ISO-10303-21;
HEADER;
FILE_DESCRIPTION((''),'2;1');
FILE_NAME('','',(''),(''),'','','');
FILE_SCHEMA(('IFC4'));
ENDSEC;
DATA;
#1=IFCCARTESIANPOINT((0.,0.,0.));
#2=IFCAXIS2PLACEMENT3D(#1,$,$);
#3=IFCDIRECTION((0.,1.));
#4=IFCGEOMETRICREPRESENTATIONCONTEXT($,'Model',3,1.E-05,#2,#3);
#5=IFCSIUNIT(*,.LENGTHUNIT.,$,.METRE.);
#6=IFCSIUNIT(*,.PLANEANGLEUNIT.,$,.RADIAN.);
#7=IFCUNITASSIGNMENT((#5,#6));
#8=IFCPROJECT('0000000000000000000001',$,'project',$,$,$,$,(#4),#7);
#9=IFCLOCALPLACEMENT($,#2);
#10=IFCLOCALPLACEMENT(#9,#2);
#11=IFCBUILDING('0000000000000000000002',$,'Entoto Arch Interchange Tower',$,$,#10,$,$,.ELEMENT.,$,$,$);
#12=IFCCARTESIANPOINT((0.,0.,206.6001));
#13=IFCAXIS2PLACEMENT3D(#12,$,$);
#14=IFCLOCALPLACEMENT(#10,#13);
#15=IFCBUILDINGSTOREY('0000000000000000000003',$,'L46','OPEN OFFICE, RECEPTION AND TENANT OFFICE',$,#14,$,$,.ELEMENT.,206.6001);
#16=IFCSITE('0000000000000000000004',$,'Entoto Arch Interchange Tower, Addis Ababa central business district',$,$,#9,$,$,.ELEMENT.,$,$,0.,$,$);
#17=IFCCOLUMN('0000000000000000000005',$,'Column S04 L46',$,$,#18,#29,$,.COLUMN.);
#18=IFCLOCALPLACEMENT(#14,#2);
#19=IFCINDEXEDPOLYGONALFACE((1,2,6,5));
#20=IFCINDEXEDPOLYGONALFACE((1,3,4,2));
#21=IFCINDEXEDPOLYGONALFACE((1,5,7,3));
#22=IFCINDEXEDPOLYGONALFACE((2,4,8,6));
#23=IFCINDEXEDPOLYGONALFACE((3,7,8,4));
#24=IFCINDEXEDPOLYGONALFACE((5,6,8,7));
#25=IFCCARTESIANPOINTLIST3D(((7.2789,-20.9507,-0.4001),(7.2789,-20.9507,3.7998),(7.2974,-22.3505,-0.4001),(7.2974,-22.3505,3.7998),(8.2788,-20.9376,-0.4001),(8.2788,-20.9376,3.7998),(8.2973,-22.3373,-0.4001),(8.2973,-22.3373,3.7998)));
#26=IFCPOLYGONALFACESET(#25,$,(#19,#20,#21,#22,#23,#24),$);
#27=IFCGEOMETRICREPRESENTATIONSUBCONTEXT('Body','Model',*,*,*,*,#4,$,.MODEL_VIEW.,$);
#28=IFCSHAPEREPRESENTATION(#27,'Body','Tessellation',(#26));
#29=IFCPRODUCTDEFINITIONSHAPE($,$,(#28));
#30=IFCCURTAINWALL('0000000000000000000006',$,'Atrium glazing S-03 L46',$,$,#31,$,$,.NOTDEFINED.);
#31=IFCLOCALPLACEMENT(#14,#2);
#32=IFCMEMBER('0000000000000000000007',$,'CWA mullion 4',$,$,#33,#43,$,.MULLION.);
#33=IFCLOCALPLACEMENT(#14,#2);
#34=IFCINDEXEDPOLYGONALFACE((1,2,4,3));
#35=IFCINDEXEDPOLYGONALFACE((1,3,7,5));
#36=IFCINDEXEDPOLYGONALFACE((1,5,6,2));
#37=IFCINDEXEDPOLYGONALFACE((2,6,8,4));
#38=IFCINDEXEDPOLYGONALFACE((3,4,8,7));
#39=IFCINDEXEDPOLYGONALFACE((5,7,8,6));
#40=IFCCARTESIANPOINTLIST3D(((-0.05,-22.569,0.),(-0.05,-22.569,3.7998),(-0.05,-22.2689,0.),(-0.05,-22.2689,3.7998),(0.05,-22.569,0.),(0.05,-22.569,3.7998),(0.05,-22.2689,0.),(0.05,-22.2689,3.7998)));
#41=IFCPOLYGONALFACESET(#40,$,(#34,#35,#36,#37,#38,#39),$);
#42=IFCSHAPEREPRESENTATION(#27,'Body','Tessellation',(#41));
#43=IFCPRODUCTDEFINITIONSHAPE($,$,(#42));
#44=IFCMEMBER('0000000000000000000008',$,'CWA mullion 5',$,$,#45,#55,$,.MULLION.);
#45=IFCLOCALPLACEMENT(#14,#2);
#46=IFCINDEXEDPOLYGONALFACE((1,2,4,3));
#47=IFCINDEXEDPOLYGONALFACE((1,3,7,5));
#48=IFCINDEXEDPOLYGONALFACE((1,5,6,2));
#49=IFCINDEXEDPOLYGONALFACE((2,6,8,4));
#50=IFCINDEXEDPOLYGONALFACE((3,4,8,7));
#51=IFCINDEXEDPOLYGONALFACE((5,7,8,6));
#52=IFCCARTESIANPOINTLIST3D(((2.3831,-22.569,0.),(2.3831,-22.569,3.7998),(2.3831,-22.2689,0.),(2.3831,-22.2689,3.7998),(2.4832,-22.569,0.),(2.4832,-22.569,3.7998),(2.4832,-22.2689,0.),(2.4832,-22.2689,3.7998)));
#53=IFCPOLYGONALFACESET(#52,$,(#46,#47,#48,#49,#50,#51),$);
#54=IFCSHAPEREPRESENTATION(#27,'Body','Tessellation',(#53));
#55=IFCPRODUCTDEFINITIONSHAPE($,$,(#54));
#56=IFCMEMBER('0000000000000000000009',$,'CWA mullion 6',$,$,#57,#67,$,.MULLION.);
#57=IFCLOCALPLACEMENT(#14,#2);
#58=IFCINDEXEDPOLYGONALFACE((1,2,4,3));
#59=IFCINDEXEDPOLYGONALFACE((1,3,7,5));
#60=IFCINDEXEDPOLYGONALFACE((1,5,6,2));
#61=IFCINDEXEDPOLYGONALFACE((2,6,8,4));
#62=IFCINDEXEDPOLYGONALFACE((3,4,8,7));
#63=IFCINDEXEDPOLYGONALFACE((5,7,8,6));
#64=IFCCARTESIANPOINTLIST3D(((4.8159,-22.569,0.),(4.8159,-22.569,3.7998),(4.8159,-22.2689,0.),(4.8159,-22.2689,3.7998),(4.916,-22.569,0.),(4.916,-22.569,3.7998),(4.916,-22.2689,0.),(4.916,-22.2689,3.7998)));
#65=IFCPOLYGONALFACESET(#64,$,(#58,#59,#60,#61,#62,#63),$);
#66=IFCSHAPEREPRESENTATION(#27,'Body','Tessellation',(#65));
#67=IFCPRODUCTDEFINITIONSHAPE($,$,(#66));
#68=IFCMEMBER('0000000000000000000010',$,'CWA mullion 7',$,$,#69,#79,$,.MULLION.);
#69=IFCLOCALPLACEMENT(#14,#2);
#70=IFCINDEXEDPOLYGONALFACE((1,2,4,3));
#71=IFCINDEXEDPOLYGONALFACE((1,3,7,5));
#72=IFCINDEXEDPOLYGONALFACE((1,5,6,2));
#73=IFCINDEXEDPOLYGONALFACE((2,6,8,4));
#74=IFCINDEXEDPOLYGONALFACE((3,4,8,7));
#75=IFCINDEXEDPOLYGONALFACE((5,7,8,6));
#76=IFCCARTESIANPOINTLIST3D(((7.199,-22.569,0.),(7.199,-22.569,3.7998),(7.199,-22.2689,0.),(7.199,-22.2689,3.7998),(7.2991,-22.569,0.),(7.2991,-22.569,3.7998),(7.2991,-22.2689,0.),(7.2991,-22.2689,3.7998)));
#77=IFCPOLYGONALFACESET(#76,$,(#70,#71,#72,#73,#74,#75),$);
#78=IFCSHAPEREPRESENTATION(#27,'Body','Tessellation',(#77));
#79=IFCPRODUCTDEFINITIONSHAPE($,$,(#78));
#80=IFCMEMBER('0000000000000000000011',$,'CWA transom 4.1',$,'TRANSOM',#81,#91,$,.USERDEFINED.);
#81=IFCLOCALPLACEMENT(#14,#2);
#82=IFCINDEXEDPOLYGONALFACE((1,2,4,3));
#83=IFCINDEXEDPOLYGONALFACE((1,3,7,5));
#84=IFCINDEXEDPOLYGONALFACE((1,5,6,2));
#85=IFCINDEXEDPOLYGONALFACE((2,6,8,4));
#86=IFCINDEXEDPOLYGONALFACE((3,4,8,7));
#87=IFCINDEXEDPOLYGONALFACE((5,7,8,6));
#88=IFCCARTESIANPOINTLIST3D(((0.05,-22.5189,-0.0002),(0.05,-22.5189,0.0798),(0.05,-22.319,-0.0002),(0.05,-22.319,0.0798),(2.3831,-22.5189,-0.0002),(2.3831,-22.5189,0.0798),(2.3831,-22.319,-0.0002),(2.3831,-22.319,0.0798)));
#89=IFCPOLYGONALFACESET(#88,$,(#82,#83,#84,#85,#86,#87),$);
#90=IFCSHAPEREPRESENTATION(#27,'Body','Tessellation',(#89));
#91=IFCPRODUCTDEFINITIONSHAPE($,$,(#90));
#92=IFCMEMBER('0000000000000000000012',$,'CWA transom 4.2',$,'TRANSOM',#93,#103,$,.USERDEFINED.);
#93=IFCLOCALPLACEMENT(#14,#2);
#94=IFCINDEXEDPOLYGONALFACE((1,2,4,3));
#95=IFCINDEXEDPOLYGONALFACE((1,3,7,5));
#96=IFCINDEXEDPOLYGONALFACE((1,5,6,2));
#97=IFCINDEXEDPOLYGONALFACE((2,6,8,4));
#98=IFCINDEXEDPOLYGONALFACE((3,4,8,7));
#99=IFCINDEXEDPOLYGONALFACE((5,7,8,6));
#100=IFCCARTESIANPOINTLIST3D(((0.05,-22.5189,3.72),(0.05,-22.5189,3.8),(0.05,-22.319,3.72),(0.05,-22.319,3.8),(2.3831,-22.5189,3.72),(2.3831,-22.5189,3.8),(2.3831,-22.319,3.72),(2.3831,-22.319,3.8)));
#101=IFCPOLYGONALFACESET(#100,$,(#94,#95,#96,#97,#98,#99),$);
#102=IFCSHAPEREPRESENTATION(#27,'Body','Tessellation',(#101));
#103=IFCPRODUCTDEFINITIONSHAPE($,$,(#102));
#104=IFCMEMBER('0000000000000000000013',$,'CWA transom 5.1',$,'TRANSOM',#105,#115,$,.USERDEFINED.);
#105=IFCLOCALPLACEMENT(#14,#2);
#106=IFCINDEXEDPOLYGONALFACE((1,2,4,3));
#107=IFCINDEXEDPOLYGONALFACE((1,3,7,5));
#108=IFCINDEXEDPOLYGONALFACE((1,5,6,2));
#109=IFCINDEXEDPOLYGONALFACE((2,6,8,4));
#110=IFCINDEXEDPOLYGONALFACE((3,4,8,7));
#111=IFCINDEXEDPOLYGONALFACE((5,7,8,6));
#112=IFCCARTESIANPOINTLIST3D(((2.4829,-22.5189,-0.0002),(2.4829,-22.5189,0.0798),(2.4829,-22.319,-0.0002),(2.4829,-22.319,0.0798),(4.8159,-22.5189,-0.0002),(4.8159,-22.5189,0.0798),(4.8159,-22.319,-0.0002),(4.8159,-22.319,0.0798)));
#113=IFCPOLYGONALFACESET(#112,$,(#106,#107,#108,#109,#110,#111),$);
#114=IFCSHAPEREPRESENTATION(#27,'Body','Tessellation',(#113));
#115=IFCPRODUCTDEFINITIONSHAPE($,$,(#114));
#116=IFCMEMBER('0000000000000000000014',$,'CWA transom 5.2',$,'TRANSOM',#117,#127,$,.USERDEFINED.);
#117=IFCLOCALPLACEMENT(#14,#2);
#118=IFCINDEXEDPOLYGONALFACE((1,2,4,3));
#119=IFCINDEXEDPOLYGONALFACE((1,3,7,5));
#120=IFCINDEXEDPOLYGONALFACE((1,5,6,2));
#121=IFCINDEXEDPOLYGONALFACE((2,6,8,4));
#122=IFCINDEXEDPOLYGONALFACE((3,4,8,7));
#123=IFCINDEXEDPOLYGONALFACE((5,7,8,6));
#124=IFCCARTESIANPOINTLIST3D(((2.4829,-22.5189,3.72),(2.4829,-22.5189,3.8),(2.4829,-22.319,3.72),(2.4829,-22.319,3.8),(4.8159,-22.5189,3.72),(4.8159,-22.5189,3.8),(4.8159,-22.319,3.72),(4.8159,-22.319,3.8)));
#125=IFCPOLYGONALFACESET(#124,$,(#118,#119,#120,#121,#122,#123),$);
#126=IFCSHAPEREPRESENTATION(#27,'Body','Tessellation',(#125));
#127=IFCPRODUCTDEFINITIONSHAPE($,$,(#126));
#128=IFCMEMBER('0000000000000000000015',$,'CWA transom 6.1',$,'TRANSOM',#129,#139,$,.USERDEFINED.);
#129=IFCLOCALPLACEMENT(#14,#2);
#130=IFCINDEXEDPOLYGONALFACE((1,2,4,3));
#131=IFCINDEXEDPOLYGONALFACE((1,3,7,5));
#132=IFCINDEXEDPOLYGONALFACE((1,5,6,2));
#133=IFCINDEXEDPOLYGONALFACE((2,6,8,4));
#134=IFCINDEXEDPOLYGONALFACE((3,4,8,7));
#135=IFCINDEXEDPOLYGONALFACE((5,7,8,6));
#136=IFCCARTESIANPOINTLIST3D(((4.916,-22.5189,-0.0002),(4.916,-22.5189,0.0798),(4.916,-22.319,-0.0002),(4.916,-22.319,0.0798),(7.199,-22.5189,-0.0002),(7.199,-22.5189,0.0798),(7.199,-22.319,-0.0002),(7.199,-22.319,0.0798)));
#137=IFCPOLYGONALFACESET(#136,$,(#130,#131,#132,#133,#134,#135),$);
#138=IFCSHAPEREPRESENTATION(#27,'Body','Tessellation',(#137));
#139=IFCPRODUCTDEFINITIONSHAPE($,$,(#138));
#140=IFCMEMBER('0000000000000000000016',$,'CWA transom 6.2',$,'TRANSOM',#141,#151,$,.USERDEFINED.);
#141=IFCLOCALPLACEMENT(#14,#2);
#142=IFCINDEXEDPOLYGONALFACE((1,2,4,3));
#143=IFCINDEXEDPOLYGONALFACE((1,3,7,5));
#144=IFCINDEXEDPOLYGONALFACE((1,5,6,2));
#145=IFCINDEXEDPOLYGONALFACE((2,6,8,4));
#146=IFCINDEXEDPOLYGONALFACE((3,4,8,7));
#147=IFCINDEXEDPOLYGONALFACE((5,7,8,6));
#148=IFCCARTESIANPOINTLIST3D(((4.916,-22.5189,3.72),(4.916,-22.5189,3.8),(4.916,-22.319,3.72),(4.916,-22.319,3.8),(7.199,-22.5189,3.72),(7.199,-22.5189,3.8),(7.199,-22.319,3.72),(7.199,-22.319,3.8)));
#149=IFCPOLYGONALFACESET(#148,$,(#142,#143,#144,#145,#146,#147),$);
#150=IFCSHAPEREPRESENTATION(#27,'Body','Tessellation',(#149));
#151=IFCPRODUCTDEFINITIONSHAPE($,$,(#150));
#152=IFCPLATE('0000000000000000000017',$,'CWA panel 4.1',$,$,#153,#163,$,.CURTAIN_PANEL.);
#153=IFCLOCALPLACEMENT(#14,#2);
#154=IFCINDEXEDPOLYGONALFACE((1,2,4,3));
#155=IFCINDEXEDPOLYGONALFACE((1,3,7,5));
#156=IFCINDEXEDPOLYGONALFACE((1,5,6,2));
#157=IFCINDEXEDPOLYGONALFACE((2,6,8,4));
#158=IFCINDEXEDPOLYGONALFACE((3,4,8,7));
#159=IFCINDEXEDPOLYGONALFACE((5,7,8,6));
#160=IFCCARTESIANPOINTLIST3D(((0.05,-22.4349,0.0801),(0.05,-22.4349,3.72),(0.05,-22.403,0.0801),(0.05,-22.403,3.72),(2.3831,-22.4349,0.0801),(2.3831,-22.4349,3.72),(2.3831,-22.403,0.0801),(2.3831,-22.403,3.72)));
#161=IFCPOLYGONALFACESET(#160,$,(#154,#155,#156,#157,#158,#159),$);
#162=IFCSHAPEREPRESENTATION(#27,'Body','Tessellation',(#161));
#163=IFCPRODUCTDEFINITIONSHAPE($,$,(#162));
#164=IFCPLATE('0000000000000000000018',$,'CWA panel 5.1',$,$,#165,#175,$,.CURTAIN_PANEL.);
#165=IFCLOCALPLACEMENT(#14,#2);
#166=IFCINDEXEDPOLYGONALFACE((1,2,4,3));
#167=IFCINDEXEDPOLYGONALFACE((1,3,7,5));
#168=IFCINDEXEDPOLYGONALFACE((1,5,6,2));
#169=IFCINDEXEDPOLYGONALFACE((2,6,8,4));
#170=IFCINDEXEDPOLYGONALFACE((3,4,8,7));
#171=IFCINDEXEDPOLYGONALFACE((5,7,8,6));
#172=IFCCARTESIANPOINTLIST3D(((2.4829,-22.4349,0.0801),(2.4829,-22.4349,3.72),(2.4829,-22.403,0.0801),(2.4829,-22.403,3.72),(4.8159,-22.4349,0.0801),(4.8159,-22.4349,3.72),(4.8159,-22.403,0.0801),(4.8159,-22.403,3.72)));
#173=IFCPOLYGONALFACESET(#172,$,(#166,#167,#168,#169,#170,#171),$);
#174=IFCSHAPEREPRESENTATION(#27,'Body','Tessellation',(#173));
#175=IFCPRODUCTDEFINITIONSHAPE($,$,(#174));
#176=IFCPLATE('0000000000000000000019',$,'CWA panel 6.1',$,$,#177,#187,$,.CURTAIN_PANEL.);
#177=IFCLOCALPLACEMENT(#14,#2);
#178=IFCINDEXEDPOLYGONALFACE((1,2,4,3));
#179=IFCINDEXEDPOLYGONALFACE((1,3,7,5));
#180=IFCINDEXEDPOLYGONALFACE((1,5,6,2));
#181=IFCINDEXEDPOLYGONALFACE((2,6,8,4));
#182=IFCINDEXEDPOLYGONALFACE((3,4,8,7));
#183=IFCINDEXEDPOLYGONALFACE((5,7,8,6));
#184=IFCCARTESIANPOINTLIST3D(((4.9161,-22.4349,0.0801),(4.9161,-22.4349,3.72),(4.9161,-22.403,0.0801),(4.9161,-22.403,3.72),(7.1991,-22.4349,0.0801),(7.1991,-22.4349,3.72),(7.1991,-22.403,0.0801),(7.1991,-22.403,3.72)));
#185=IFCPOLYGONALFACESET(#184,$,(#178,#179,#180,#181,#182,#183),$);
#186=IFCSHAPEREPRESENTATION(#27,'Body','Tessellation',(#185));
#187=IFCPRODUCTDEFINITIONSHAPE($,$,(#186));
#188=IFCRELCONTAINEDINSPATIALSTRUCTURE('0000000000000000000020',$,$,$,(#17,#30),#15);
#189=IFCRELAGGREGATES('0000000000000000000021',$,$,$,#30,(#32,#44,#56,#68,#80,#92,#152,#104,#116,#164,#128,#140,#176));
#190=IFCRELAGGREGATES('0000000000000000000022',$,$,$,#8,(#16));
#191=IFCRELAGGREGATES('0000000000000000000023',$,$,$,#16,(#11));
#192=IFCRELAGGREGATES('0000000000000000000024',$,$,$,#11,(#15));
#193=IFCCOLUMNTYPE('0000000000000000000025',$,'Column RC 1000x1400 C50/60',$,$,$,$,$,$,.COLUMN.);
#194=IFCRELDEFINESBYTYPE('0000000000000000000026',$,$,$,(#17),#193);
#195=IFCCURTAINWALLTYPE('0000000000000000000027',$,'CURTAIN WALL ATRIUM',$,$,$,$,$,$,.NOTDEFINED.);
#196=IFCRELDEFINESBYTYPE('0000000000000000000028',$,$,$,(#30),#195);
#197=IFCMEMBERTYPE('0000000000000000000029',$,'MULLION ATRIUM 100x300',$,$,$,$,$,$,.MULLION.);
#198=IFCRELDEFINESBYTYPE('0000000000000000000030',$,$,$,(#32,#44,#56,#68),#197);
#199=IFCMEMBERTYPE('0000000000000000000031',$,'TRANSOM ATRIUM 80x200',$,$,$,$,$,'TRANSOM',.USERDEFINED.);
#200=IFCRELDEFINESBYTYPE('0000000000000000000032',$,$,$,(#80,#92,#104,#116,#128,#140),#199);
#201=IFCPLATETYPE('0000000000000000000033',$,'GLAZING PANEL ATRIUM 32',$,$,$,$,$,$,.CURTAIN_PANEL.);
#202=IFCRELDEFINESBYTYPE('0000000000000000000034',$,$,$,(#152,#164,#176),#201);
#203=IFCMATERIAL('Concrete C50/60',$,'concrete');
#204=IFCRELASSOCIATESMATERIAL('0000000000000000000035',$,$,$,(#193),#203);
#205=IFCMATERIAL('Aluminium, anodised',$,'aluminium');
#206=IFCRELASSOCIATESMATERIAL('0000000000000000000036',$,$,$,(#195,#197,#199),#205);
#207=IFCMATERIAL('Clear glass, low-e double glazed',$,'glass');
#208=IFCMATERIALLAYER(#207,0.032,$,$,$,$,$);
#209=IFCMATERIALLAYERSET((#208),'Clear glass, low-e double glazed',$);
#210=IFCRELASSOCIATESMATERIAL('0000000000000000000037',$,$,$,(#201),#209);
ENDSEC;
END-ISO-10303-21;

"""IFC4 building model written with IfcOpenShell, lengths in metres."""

from ifc_helpers import new_model, si_unit, direction, frame, origin, origin_2d, place, context, subcontext, project, spatial, rectangle, extrude, material, layer, layer_set, material_profile, profile_set, type_object, element, aggregate, save


model = new_model("IFC4")

# Units and contexts
model_context = context("Model", 3, precision=1e-05, world=origin(), true_north=direction((0.0, 1.0)))
body_context = subcontext(model_context, "Body", "Model", "MODEL_VIEW")
ifc_project = project(units=[si_unit("LENGTHUNIT", "METRE"), si_unit("PLANEANGLEUNIT", "RADIAN")], contexts=[model_context])

# Site, building, storey
site_placement = place(None, origin())
site = spatial("IfcSite", under=ifc_project, at=site_placement, Name="Entoto Arch Interchange Tower, Addis Ababa central business district", CompositionType="ELEMENT", RefElevation=0.0)
building_placement = place(site_placement, origin())
building = spatial("IfcBuilding", under=site, at=building_placement, Name="Entoto Arch Interchange Tower", CompositionType="ELEMENT")
storey_placement = place(building_placement, frame((0.0, 0.0, 206.6001)))
storey = spatial("IfcBuildingStorey", under=building, at=storey_placement, Name="L46", Description="OPEN OFFICE, RECEPTION AND TENANT OFFICE", CompositionType="ELEMENT", Elevation=206.6001)

# Column
ifc_material_1 = material(Name="Concrete C50/60", Category="concrete")
ifc_material_profile_1 = material_profile(ifc_material_1, rectangle(XDim=1.0, YDim=1.3999, at=origin_2d()))
ifc_profile_set_1 = profile_set([ifc_material_profile_1], Name="Concrete C50/60")
column_type = type_object("IfcColumnType", Name="Column RC 1000x1400 C50/60", PredefinedType="COLUMN", material=ifc_profile_set_1)
column_placement = place(storey_placement, frame((7.7881, -21.644, -0.4001), z_axis=(0.0, 0.0, 1.0), x_axis=(0.999913, 0.013177, 0.0)))
element("IfcColumn", 1, at=column_placement, inside=storey, type_object=column_type, Name="Column S04 L46", PredefinedType="COLUMN", context=body_context, shape_type="SweptSolid", body=[
    extrude(rectangle(XDim=1.0, YDim=1.3999, at=origin_2d()), origin(), (0.0, 0.0, 1.0), 4.2),
])

# Curtain wall, members, plates
ifc_material_2 = material(Name="Aluminium, anodised", Category="aluminium")
curtain_wall_type = type_object("IfcCurtainWallType", Name="CURTAIN WALL ATRIUM", PredefinedType="NOTDEFINED", material=ifc_material_2)
curtain_wall_placement = place(storey_placement, origin())
curtain_wall = element("IfcCurtainWall", 2, at=curtain_wall_placement, inside=storey, type_object=curtain_wall_type, Name="Atrium glazing S-03 L46", PredefinedType="NOTDEFINED")
ifc_material_profile_2 = material_profile(ifc_material_2, rectangle(XDim=0.3, YDim=0.1001, at=origin_2d()))
ifc_profile_set_2 = profile_set([ifc_material_profile_2], Name="Aluminium, anodised")
member_type_1 = type_object("IfcMemberType", Name="MULLION ATRIUM 100x300", PredefinedType="MULLION", material=ifc_profile_set_2)
member_1_placement = place(storey_placement, frame((0.0, -22.4189, 0.0), z_axis=(0.0, 0.0, 1.0), x_axis=(0.0, 1.0, 0.0)))
member_1 = element("IfcMember", 3, at=member_1_placement, type_object=member_type_1, Name="CWA mullion 4", PredefinedType="MULLION", context=body_context, shape_type="SweptSolid", body=[
    extrude(rectangle(XDim=0.3, YDim=0.1001, at=origin_2d()), origin(), (0.0, 0.0, 1.0), 3.7998),
])
member_2_placement = place(storey_placement, frame((2.4331, -22.4189, 0.0), z_axis=(0.0, 0.0, 1.0), x_axis=(0.0, 1.0, 0.0)))
member_2 = element("IfcMember", 4, at=member_2_placement, type_object=member_type_1, Name="CWA mullion 5", PredefinedType="MULLION", context=body_context, shape_type="SweptSolid", body=[
    extrude(rectangle(XDim=0.3, YDim=0.1001, at=origin_2d()), origin(), (0.0, 0.0, 1.0), 3.7998),
])
member_3_placement = place(storey_placement, frame((4.866, -22.4189, 0.0), z_axis=(0.0, 0.0, 1.0), x_axis=(0.0, 1.0, 0.0)))
member_3 = element("IfcMember", 5, at=member_3_placement, type_object=member_type_1, Name="CWA mullion 6", PredefinedType="MULLION", context=body_context, shape_type="SweptSolid", body=[
    extrude(rectangle(XDim=0.3, YDim=0.1001, at=origin_2d()), origin(), (0.0, 0.0, 1.0), 3.7998),
])
member_4_placement = place(storey_placement, frame((7.249, -22.4189, 0.0), z_axis=(0.0, 0.0, 1.0), x_axis=(0.0, 1.0, 0.0)))
member_4 = element("IfcMember", 6, at=member_4_placement, type_object=member_type_1, Name="CWA mullion 7", PredefinedType="MULLION", context=body_context, shape_type="SweptSolid", body=[
    extrude(rectangle(XDim=0.3, YDim=0.1001, at=origin_2d()), origin(), (0.0, 0.0, 1.0), 3.7998),
])
ifc_material_profile_3 = material_profile(ifc_material_2, rectangle(XDim=0.2, YDim=0.0801, at=origin_2d()))
ifc_profile_set_3 = profile_set([ifc_material_profile_3], Name="Aluminium, anodised")
member_type_2 = type_object("IfcMemberType", Name="TRANSOM ATRIUM 80x200", ElementType="TRANSOM", PredefinedType="USERDEFINED", material=ifc_profile_set_3)
member_5_placement = place(storey_placement, frame((0.05, -22.4189, 0.0398), z_axis=(1.0, 0.0, 0.0), x_axis=(0.0, 1.0, 0.0)))
member_5 = element("IfcMember", 7, at=member_5_placement, type_object=member_type_2, Name="CWA transom 4.1", ObjectType="TRANSOM", PredefinedType="USERDEFINED", context=body_context, shape_type="SweptSolid", body=[
    extrude(rectangle(XDim=0.2, YDim=0.0801, at=origin_2d()), origin(), (0.0, 0.0, 1.0), 2.333),
])
member_6_placement = place(storey_placement, frame((0.05, -22.4189, 3.76), z_axis=(1.0, 0.0, 0.0), x_axis=(0.0, 1.0, 0.0)))
member_6 = element("IfcMember", 8, at=member_6_placement, type_object=member_type_2, Name="CWA transom 4.2", ObjectType="TRANSOM", PredefinedType="USERDEFINED", context=body_context, shape_type="SweptSolid", body=[
    extrude(rectangle(XDim=0.2, YDim=0.0801, at=origin_2d()), origin(), (0.0, 0.0, 1.0), 2.333),
])
member_7_placement = place(storey_placement, frame((2.4829, -22.4189, 0.0398), z_axis=(1.0, 0.0, 0.0), x_axis=(0.0, 1.0, 0.0)))
member_7 = element("IfcMember", 9, at=member_7_placement, type_object=member_type_2, Name="CWA transom 5.1", ObjectType="TRANSOM", PredefinedType="USERDEFINED", context=body_context, shape_type="SweptSolid", body=[
    extrude(rectangle(XDim=0.2, YDim=0.0801, at=origin_2d()), origin(), (0.0, 0.0, 1.0), 2.333),
])
member_8_placement = place(storey_placement, frame((2.4829, -22.4189, 3.76), z_axis=(1.0, 0.0, 0.0), x_axis=(0.0, 1.0, 0.0)))
member_8 = element("IfcMember", 10, at=member_8_placement, type_object=member_type_2, Name="CWA transom 5.2", ObjectType="TRANSOM", PredefinedType="USERDEFINED", context=body_context, shape_type="SweptSolid", body=[
    extrude(rectangle(XDim=0.2, YDim=0.0801, at=origin_2d()), origin(), (0.0, 0.0, 1.0), 2.333),
])
member_9_placement = place(storey_placement, frame((4.916, -22.4189, 0.0398), z_axis=(1.0, 0.0, 0.0), x_axis=(0.0, 1.0, 0.0)))
member_9 = element("IfcMember", 11, at=member_9_placement, type_object=member_type_2, Name="CWA transom 6.1", ObjectType="TRANSOM", PredefinedType="USERDEFINED", context=body_context, shape_type="SweptSolid", body=[
    extrude(rectangle(XDim=0.2, YDim=0.0801, at=origin_2d()), origin(), (0.0, 0.0, 1.0), 2.283),
])
member_10_placement = place(storey_placement, frame((4.916, -22.4189, 3.76), z_axis=(1.0, 0.0, 0.0), x_axis=(0.0, 1.0, 0.0)))
member_10 = element("IfcMember", 12, at=member_10_placement, type_object=member_type_2, Name="CWA transom 6.2", ObjectType="TRANSOM", PredefinedType="USERDEFINED", context=body_context, shape_type="SweptSolid", body=[
    extrude(rectangle(XDim=0.2, YDim=0.0801, at=origin_2d()), origin(), (0.0, 0.0, 1.0), 2.283),
])
ifc_material_3 = material(Name="Clear glass, low-e double glazed", Category="glass")
ifc_layer_1 = layer(ifc_material_3, 0.032)
ifc_layer_set_1 = layer_set([ifc_layer_1], Name="Clear glass, low-e double glazed")
plate_type = type_object("IfcPlateType", Name="GLAZING PANEL ATRIUM 32", PredefinedType="CURTAIN_PANEL", material=ifc_layer_set_1)
plate_1_placement = place(storey_placement, frame((1.2166, -22.4189, 0.0801), z_axis=(0.0, 0.0, 1.0), x_axis=(1.0, 0.0, 0.0)))
plate_1 = element("IfcPlate", 13, at=plate_1_placement, type_object=plate_type, Name="CWA panel 4.1", PredefinedType="CURTAIN_PANEL", context=body_context, shape_type="SweptSolid", body=[
    extrude(rectangle(XDim=2.333, YDim=0.032, at=origin_2d()), origin(), (0.0, 0.0, 1.0), 3.6399),
])
plate_2_placement = place(storey_placement, frame((3.6494, -22.4189, 0.0801), z_axis=(0.0, 0.0, 1.0), x_axis=(1.0, 0.0, 0.0)))
plate_2 = element("IfcPlate", 14, at=plate_2_placement, type_object=plate_type, Name="CWA panel 5.1", PredefinedType="CURTAIN_PANEL", context=body_context, shape_type="SweptSolid", body=[
    extrude(rectangle(XDim=2.333, YDim=0.032, at=origin_2d()), origin(), (0.0, 0.0, 1.0), 3.6399),
])
plate_3_placement = place(storey_placement, frame((6.0576, -22.4189, 0.0801), z_axis=(0.0, 0.0, 1.0), x_axis=(1.0, 0.0, 0.0)))
plate_3 = element("IfcPlate", 15, at=plate_3_placement, type_object=plate_type, Name="CWA panel 6.1", PredefinedType="CURTAIN_PANEL", context=body_context, shape_type="SweptSolid", body=[
    extrude(rectangle(XDim=2.283, YDim=0.032, at=origin_2d()), origin(), (0.0, 0.0, 1.0), 3.6399),
])
aggregate(curtain_wall, [member_1, member_2, member_3, member_4, member_5, member_6, plate_1, member_7, member_8, plate_2, member_9, member_10, plate_3])

save(model, "model.ifc")
